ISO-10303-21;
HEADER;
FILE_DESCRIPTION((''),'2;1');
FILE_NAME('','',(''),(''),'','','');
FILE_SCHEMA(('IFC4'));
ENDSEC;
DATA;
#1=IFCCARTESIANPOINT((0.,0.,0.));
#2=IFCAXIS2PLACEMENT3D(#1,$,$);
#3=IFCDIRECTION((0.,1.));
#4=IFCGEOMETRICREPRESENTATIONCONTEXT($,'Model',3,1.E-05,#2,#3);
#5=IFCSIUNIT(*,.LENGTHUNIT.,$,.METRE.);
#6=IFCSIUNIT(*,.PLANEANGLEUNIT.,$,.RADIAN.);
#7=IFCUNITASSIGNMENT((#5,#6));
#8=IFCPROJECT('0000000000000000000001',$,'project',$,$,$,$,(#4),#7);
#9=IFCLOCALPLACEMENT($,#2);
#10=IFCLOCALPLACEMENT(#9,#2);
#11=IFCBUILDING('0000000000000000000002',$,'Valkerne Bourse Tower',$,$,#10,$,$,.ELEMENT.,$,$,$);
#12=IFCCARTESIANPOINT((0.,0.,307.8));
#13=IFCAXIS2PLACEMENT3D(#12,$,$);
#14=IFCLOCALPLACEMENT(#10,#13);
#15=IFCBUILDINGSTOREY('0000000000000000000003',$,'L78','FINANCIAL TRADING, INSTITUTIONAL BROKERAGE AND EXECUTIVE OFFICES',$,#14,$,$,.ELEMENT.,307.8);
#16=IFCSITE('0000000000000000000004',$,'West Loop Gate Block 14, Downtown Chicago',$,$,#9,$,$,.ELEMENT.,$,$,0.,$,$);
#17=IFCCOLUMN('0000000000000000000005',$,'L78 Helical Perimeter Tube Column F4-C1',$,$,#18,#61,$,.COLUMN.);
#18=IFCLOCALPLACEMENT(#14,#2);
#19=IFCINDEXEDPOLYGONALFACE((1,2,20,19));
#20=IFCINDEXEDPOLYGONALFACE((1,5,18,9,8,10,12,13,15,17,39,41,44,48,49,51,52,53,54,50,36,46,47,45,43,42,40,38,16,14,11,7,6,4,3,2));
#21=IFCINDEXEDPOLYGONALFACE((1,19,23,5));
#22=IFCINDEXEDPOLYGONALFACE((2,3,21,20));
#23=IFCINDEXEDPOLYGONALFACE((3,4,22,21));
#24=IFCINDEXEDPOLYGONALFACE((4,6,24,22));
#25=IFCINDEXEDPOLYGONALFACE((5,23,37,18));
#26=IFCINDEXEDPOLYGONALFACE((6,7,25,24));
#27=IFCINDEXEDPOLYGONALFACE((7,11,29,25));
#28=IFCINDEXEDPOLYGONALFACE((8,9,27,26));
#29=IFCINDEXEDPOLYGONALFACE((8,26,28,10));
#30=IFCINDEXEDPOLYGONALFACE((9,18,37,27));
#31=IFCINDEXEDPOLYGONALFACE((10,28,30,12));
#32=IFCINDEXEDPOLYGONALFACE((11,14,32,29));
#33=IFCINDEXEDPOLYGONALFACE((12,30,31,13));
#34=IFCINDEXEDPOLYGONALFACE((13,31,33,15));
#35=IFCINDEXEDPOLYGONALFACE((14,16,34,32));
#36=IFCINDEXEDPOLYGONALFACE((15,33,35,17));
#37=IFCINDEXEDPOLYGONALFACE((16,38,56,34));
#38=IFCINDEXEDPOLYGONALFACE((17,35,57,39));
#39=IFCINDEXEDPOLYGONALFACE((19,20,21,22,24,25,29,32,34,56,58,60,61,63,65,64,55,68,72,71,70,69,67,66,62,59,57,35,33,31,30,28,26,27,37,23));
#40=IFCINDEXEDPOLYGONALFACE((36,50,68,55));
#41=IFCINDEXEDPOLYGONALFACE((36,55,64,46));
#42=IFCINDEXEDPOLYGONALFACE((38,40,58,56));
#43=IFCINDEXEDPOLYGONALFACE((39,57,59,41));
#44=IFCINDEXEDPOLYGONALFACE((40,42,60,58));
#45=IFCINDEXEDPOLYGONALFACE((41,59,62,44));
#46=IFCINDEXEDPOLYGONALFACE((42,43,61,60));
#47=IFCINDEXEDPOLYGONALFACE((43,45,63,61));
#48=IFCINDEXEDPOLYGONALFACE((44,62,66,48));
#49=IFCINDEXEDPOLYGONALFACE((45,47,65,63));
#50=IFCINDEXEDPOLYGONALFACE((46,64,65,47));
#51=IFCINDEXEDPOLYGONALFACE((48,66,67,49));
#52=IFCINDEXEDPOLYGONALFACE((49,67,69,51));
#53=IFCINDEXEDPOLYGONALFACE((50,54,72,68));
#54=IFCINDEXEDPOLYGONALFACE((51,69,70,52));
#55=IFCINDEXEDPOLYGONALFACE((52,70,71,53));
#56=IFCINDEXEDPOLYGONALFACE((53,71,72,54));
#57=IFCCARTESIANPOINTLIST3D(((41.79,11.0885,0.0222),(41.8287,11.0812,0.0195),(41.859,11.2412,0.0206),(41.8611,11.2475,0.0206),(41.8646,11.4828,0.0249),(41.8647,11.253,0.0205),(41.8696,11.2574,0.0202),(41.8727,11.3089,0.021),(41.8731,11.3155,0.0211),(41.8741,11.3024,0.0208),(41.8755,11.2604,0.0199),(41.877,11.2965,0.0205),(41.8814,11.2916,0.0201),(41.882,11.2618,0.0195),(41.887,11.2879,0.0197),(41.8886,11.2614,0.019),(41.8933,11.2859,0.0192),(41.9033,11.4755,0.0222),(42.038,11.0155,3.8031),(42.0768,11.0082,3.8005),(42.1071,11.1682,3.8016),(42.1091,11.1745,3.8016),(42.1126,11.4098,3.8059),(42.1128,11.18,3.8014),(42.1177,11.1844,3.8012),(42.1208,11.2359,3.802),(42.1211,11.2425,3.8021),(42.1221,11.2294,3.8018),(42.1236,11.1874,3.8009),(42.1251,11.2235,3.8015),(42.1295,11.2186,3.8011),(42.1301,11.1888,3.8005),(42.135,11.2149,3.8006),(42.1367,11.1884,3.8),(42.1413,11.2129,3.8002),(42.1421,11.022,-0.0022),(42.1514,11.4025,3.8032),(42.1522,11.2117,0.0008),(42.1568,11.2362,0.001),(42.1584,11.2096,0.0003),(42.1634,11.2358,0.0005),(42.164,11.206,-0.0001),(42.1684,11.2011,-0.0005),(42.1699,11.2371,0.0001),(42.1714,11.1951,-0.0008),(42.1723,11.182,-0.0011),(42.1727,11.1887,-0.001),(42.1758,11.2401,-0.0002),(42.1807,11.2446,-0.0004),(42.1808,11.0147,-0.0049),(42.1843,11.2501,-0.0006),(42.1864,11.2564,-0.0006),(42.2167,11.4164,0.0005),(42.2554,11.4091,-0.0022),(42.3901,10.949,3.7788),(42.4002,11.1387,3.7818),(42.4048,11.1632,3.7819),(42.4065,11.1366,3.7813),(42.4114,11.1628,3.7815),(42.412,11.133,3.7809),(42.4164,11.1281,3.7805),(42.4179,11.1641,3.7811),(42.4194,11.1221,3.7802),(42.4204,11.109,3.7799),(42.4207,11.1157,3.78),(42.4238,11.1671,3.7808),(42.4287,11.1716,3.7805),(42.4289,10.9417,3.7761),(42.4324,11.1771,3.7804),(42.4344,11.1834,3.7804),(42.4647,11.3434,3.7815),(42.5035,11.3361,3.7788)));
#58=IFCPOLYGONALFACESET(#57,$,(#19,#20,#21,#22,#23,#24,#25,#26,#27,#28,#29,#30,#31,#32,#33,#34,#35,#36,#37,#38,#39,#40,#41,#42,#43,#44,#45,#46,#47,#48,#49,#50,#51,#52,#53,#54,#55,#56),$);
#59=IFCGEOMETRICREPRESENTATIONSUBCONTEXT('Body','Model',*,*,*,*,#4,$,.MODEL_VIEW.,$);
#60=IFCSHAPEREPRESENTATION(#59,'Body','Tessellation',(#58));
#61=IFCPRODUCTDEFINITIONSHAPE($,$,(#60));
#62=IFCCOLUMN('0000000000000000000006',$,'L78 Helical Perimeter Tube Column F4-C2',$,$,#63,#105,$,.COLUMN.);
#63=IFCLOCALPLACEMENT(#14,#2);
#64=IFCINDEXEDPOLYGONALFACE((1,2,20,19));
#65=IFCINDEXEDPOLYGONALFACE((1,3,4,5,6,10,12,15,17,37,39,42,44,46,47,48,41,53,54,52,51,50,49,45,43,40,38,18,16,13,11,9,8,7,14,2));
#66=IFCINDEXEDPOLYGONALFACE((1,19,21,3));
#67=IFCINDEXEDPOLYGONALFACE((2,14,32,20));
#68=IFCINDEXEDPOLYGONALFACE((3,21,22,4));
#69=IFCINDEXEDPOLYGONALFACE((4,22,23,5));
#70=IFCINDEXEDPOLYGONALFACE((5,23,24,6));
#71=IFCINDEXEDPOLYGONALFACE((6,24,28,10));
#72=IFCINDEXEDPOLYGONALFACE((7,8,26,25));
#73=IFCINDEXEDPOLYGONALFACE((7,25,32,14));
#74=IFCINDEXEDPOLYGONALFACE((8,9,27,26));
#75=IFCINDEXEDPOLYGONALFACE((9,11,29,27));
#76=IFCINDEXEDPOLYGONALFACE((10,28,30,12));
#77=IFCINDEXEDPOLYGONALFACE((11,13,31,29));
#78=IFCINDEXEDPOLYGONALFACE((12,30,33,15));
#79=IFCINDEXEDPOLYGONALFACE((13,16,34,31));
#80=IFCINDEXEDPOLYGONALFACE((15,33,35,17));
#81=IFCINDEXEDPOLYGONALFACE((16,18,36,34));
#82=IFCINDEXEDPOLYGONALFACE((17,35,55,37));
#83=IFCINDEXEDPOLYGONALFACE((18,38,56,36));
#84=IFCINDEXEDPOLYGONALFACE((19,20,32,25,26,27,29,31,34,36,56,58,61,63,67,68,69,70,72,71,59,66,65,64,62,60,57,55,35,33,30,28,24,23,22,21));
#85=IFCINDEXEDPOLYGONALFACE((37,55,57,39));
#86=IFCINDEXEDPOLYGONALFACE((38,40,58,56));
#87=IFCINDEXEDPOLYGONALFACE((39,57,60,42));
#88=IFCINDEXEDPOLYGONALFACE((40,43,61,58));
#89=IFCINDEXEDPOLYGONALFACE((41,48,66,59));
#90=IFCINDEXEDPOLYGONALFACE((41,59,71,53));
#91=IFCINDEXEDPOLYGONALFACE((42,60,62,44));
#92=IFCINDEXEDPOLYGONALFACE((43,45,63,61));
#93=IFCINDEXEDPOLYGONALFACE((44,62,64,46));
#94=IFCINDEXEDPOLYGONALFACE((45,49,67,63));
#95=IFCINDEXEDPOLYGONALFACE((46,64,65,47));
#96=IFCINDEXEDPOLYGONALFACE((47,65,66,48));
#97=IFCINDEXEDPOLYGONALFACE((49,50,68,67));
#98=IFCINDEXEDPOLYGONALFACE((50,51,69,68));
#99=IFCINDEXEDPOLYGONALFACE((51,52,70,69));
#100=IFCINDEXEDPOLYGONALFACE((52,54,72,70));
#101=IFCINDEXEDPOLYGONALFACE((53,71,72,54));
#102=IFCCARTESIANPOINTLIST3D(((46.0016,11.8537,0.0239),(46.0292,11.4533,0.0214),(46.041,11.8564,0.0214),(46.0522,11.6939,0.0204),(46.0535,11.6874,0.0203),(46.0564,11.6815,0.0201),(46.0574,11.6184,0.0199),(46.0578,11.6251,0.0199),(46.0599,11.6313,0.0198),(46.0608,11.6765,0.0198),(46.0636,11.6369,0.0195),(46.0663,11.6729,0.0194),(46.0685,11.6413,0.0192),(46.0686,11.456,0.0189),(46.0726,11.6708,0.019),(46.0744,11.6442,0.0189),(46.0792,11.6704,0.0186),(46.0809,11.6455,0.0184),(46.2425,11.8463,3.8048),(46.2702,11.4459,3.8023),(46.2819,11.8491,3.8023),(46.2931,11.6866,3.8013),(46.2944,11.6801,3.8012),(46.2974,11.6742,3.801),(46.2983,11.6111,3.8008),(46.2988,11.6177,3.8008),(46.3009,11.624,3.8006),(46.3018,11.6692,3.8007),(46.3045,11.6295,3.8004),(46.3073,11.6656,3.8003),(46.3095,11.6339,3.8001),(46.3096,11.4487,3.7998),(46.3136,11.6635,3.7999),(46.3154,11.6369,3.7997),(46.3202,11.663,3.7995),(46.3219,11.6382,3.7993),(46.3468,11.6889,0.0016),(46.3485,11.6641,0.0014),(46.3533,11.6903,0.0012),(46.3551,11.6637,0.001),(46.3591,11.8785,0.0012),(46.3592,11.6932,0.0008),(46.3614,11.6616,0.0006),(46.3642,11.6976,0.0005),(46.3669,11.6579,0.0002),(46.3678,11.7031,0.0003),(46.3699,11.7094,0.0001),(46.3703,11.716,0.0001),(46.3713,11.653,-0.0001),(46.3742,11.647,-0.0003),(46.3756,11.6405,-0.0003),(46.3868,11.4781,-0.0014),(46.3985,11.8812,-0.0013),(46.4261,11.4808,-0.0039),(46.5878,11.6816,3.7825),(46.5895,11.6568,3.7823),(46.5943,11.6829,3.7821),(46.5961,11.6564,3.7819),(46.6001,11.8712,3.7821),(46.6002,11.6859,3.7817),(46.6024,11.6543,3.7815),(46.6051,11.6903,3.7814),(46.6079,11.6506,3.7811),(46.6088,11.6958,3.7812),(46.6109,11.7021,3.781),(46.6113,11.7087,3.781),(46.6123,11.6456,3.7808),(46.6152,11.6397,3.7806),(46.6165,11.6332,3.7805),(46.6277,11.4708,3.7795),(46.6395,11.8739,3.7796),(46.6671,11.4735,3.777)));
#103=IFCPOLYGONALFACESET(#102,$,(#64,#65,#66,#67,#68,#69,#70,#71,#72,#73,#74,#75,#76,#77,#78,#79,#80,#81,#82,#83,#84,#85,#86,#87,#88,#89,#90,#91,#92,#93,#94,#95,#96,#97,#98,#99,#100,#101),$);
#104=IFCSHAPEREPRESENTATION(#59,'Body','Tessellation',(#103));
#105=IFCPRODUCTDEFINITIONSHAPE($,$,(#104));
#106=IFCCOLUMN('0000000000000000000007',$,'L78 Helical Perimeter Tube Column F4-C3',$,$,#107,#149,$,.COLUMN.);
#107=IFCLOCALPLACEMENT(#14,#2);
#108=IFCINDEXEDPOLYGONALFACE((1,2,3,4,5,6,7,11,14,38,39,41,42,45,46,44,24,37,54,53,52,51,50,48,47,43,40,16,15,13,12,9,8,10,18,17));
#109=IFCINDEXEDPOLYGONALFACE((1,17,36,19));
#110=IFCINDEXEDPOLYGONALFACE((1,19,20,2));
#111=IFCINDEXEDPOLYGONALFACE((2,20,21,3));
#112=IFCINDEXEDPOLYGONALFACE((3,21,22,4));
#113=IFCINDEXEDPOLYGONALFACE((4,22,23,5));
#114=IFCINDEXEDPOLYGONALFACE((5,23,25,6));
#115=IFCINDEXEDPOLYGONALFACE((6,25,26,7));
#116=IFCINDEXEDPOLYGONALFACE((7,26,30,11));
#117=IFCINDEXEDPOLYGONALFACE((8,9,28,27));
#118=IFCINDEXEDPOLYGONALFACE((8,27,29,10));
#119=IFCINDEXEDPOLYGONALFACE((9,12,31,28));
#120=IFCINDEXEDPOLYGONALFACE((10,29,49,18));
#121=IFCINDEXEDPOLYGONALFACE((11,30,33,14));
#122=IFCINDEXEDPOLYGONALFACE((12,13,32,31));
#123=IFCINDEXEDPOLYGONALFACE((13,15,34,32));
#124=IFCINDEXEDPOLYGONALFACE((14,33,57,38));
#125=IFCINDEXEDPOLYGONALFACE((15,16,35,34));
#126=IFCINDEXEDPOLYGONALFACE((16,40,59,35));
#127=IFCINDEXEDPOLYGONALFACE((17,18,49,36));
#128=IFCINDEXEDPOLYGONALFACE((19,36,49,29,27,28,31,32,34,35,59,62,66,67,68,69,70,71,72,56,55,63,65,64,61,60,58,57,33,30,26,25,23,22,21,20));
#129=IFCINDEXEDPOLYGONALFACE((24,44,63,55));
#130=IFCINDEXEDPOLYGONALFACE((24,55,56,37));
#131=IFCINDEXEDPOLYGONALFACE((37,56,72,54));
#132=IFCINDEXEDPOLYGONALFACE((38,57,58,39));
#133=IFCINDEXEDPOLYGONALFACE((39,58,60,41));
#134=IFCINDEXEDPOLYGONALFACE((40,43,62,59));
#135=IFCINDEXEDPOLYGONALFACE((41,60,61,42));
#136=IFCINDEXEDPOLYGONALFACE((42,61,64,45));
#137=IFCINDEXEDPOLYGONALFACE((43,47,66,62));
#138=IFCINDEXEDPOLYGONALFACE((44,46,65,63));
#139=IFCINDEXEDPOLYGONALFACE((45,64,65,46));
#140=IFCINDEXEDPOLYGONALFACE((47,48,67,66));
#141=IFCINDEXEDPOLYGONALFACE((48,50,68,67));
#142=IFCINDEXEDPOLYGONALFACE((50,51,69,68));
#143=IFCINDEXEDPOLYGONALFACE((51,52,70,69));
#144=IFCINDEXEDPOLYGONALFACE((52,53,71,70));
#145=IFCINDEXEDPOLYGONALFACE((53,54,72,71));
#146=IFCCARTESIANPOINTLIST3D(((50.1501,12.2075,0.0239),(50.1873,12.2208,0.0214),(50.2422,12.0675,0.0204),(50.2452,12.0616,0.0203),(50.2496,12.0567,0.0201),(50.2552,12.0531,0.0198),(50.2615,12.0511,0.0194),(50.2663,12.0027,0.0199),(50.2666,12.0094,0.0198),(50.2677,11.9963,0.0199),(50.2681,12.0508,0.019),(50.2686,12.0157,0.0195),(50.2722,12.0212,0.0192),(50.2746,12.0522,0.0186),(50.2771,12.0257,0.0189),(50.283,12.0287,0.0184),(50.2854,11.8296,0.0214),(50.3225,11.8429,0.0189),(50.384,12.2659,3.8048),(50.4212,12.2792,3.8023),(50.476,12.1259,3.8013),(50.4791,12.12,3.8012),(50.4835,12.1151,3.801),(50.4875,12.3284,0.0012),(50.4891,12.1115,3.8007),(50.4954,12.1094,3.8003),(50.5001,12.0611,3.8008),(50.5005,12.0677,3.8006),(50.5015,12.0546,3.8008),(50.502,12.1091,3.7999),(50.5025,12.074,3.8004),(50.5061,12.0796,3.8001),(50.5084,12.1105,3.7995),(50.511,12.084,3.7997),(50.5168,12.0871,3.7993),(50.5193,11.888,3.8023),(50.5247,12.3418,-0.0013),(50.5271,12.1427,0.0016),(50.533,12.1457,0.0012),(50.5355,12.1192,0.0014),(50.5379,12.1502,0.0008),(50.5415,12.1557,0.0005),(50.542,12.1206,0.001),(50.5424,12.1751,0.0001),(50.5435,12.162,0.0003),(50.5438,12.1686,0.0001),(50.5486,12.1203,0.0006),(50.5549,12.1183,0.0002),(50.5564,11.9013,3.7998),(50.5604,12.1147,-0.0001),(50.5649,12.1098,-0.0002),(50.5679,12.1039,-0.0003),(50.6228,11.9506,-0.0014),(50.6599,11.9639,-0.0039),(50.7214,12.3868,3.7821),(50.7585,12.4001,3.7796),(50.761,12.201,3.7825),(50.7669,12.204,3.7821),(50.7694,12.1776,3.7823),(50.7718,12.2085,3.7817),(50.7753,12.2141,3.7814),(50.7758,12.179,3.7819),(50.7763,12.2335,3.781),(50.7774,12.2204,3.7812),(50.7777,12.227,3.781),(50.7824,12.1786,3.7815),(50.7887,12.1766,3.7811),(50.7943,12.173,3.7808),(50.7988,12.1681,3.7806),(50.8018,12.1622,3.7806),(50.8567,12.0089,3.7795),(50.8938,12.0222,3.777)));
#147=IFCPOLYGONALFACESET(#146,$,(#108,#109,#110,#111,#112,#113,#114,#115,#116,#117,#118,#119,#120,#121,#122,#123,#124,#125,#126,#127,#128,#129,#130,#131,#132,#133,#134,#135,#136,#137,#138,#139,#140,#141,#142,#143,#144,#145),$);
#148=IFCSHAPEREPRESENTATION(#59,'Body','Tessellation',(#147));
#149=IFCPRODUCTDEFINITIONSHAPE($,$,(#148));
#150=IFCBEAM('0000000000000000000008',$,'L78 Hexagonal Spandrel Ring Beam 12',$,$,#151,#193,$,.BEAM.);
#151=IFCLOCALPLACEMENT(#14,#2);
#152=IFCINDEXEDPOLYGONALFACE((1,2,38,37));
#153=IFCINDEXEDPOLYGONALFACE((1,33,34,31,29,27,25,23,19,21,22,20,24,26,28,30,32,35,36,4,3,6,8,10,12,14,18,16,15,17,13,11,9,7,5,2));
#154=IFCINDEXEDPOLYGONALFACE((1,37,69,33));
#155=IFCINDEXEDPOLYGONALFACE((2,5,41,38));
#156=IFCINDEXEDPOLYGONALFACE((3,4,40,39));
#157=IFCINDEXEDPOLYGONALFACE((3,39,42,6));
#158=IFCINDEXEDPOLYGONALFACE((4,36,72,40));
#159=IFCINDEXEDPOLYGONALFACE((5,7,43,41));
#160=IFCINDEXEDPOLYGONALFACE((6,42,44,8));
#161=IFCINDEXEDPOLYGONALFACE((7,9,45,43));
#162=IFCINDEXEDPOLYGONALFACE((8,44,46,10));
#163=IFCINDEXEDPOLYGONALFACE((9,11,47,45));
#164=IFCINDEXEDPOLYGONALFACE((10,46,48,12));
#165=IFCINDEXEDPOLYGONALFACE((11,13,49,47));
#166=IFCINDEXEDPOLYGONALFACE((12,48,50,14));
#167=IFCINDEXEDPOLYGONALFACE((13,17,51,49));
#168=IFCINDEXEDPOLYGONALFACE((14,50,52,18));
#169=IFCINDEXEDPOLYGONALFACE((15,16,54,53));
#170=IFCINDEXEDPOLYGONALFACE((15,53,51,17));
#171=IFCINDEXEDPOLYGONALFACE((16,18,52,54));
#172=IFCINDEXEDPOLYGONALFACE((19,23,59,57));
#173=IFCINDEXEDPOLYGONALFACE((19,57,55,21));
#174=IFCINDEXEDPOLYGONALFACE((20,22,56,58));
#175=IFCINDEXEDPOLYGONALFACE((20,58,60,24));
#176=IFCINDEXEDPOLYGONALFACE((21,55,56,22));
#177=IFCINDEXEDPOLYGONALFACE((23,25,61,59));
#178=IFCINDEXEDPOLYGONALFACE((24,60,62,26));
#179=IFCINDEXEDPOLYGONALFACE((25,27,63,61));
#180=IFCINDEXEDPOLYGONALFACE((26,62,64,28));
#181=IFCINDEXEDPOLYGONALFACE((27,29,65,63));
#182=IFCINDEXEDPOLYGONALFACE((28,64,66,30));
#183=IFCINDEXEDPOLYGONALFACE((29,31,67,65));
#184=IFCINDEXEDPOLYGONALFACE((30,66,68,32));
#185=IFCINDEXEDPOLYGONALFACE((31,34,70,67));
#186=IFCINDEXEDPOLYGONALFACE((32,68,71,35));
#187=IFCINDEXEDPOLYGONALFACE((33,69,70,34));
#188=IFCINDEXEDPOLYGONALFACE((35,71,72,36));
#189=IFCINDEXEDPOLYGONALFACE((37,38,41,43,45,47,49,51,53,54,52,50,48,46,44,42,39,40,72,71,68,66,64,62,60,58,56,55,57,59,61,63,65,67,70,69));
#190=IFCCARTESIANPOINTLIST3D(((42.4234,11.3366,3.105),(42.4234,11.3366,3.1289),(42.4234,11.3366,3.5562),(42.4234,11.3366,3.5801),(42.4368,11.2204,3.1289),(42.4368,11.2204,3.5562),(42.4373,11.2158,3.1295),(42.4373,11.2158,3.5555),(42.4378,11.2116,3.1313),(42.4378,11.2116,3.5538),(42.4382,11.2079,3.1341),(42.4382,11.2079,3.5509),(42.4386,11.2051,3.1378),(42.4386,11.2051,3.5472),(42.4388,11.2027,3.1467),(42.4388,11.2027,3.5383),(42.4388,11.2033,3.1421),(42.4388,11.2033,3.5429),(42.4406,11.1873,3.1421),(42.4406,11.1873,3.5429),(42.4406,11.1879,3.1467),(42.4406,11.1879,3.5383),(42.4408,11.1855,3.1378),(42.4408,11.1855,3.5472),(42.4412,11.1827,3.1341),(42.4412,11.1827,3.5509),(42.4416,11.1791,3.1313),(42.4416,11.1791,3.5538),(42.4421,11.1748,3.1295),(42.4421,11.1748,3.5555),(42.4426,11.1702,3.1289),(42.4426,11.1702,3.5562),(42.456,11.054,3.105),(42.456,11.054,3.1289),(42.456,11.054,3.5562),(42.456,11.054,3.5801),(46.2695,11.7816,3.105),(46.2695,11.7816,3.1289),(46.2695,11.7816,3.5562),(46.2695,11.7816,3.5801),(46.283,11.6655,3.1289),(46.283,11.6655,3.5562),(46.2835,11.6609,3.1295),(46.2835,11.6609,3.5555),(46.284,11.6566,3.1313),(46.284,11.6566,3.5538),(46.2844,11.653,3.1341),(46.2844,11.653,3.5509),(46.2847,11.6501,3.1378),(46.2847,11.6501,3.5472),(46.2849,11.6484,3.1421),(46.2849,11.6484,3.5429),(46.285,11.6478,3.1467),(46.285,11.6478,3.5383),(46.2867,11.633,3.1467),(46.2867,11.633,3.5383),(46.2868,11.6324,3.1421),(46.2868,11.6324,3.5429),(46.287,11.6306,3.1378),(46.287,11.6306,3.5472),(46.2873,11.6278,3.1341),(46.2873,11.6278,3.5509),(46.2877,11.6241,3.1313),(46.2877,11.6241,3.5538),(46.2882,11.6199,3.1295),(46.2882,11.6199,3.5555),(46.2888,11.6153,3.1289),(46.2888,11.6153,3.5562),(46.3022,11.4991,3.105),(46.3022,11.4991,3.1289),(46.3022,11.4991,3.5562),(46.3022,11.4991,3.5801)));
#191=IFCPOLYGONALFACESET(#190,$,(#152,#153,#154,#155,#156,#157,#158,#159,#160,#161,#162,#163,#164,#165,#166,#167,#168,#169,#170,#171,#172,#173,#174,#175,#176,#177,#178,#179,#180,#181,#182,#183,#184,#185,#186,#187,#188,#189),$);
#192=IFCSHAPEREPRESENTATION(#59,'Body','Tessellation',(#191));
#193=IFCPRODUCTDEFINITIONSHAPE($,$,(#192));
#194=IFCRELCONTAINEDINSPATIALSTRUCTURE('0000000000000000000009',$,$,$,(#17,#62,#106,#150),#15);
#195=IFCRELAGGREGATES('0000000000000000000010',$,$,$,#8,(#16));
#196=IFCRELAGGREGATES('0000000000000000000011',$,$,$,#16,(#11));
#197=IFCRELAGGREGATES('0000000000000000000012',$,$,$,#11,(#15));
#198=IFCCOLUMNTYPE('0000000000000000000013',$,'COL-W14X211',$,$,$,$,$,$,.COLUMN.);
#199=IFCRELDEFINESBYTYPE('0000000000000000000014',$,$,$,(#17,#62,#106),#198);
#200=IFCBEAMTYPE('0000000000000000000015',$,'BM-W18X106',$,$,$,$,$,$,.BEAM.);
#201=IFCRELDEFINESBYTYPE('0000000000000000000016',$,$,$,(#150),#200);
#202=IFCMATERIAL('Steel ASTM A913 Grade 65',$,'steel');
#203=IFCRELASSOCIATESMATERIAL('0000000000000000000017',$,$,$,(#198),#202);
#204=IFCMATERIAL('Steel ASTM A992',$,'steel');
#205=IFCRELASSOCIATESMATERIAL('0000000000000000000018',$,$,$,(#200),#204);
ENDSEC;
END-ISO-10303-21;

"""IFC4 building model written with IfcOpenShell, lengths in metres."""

from ifc_helpers import new_model, si_unit, direction, frame, origin, origin_2d, place, context, subcontext, project, spatial, i_section, extrude, material, material_profile, profile_set, type_object, element, save


model = new_model("IFC4")

# Units and contexts
model_context = context("Model", 3, precision=1e-05, world=origin(), true_north=direction((0.0, 1.0)))
body_context = subcontext(model_context, "Body", "Model", "MODEL_VIEW")
ifc_project = project(units=[si_unit("LENGTHUNIT", "METRE"), si_unit("PLANEANGLEUNIT", "RADIAN")], contexts=[model_context])

# Site, building, storey
site_placement = place(None, origin())
site = spatial("IfcSite", under=ifc_project, at=site_placement, Name="West Loop Gate Block 14, Downtown Chicago", CompositionType="ELEMENT", RefElevation=0.0)
building_placement = place(site_placement, origin())
building = spatial("IfcBuilding", under=site, at=building_placement, Name="Valkerne Bourse Tower", CompositionType="ELEMENT")
storey_placement = place(building_placement, frame((0.0, 0.0, 307.8)))
storey = spatial("IfcBuildingStorey", under=building, at=storey_placement, Name="L78", Description="FINANCIAL TRADING, INSTITUTIONAL BROKERAGE AND EXECUTIVE OFFICES", CompositionType="ELEMENT", Elevation=307.8)

# Columns
ifc_material_1 = material(Name="Steel ASTM A913 Grade 65", Category="steel")
ifc_material_profile_1 = material_profile(ifc_material_1, i_section(OverallWidth=0.4014, OverallDepth=0.3987, WebThickness=0.0249, FlangeThickness=0.0396, FilletRadius=0.0254, at=origin_2d()), Name="W14X211")
ifc_profile_set_1 = profile_set([ifc_material_profile_1], Name="Steel ASTM A913 Grade 65")
column_type = type_object("IfcColumnType", Name="COL-W14X211", PredefinedType="COLUMN", material=ifc_profile_set_1)
column_placement = place(storey_placement, frame((42.0227, 11.2488, 0.01), z_axis=(0.065451, -0.019262, 0.99767), x_axis=(0.185866, 0.982552, 0.006776)))
element("IfcColumn", 1, at=column_placement, inside=storey, type_object=column_type, Name="L78 Helical Perimeter Tube Column F4-C1", PredefinedType="COLUMN", context=body_context, shape_type="SweptSolid", body=[
    extrude(i_section(OverallWidth=0.4014, OverallDepth=0.3987, WebThickness=0.0249, FlangeThickness=0.0396, FilletRadius=0.0254, at=origin_2d()), origin(), (0.0, 0.0, 1.0), 3.7898),
])
for number, where, z_axis, x_axis, name in (
    (2, (46.2139, 11.6672, 0.01), (0.063602, -0.001933, 0.997973), (-0.068842, 0.997608, 0.00632), "L78 Helical Perimeter Tube Column F4-C2"),
    (3, (50.405, 12.0857, 0.01), (0.061733, 0.015401, 0.997974), (-0.337033, 0.941472, 0.006319), "L78 Helical Perimeter Tube Column F4-C3"),
):
    element("IfcColumn", number, at=place(storey_placement, frame(where, z_axis=z_axis, x_axis=x_axis)), inside=storey, type_object=column_type, Name=name, PredefinedType="COLUMN", context=body_context, shape_type="SweptSolid", body=[
        extrude(i_section(OverallWidth=0.4014, OverallDepth=0.3987, WebThickness=0.0249, FlangeThickness=0.0396, FilletRadius=0.0254, at=origin_2d()), origin(), (0.0, 0.0, 1.0), 3.7886),
    ])

# Beam
ifc_material_2 = material(Name="Steel ASTM A992", Category="steel")
ifc_material_profile_2 = material_profile(ifc_material_2, i_section(OverallWidth=0.2844, OverallDepth=0.4751, WebThickness=0.0149, FlangeThickness=0.0239, FilletRadius=0.0178, at=origin_2d()), Name="W18X106")
ifc_profile_set_2 = profile_set([ifc_material_profile_2], Name="Steel ASTM A992")
beam_type_1 = type_object("IfcBeamType", Name="BM-W18X106", PredefinedType="BEAM", material=ifc_profile_set_2)
for number, where, z_axis, x_axis, name in (
    (4, (42.4397, 11.1953, 3.3425), (0.993371, 0.11495, 0.0), (-0.11495, 0.993371, 0.0), "L78 Hexagonal Spandrel Ring Beam 12"),
):
    element("IfcBeam", number, at=place(storey_placement, frame(where, z_axis=z_axis, x_axis=x_axis)), inside=storey, type_object=beam_type_1, Name=name, PredefinedType="BEAM", context=body_context, shape_type="SweptSolid", body=[
        extrude(i_section(OverallWidth=0.2844, OverallDepth=0.4751, WebThickness=0.0149, FlangeThickness=0.0239, FilletRadius=0.0178, at=origin_2d()), origin(), (0.0, 0.0, 1.0), 3.8718),
    ])

save(model, "model.ifc")
